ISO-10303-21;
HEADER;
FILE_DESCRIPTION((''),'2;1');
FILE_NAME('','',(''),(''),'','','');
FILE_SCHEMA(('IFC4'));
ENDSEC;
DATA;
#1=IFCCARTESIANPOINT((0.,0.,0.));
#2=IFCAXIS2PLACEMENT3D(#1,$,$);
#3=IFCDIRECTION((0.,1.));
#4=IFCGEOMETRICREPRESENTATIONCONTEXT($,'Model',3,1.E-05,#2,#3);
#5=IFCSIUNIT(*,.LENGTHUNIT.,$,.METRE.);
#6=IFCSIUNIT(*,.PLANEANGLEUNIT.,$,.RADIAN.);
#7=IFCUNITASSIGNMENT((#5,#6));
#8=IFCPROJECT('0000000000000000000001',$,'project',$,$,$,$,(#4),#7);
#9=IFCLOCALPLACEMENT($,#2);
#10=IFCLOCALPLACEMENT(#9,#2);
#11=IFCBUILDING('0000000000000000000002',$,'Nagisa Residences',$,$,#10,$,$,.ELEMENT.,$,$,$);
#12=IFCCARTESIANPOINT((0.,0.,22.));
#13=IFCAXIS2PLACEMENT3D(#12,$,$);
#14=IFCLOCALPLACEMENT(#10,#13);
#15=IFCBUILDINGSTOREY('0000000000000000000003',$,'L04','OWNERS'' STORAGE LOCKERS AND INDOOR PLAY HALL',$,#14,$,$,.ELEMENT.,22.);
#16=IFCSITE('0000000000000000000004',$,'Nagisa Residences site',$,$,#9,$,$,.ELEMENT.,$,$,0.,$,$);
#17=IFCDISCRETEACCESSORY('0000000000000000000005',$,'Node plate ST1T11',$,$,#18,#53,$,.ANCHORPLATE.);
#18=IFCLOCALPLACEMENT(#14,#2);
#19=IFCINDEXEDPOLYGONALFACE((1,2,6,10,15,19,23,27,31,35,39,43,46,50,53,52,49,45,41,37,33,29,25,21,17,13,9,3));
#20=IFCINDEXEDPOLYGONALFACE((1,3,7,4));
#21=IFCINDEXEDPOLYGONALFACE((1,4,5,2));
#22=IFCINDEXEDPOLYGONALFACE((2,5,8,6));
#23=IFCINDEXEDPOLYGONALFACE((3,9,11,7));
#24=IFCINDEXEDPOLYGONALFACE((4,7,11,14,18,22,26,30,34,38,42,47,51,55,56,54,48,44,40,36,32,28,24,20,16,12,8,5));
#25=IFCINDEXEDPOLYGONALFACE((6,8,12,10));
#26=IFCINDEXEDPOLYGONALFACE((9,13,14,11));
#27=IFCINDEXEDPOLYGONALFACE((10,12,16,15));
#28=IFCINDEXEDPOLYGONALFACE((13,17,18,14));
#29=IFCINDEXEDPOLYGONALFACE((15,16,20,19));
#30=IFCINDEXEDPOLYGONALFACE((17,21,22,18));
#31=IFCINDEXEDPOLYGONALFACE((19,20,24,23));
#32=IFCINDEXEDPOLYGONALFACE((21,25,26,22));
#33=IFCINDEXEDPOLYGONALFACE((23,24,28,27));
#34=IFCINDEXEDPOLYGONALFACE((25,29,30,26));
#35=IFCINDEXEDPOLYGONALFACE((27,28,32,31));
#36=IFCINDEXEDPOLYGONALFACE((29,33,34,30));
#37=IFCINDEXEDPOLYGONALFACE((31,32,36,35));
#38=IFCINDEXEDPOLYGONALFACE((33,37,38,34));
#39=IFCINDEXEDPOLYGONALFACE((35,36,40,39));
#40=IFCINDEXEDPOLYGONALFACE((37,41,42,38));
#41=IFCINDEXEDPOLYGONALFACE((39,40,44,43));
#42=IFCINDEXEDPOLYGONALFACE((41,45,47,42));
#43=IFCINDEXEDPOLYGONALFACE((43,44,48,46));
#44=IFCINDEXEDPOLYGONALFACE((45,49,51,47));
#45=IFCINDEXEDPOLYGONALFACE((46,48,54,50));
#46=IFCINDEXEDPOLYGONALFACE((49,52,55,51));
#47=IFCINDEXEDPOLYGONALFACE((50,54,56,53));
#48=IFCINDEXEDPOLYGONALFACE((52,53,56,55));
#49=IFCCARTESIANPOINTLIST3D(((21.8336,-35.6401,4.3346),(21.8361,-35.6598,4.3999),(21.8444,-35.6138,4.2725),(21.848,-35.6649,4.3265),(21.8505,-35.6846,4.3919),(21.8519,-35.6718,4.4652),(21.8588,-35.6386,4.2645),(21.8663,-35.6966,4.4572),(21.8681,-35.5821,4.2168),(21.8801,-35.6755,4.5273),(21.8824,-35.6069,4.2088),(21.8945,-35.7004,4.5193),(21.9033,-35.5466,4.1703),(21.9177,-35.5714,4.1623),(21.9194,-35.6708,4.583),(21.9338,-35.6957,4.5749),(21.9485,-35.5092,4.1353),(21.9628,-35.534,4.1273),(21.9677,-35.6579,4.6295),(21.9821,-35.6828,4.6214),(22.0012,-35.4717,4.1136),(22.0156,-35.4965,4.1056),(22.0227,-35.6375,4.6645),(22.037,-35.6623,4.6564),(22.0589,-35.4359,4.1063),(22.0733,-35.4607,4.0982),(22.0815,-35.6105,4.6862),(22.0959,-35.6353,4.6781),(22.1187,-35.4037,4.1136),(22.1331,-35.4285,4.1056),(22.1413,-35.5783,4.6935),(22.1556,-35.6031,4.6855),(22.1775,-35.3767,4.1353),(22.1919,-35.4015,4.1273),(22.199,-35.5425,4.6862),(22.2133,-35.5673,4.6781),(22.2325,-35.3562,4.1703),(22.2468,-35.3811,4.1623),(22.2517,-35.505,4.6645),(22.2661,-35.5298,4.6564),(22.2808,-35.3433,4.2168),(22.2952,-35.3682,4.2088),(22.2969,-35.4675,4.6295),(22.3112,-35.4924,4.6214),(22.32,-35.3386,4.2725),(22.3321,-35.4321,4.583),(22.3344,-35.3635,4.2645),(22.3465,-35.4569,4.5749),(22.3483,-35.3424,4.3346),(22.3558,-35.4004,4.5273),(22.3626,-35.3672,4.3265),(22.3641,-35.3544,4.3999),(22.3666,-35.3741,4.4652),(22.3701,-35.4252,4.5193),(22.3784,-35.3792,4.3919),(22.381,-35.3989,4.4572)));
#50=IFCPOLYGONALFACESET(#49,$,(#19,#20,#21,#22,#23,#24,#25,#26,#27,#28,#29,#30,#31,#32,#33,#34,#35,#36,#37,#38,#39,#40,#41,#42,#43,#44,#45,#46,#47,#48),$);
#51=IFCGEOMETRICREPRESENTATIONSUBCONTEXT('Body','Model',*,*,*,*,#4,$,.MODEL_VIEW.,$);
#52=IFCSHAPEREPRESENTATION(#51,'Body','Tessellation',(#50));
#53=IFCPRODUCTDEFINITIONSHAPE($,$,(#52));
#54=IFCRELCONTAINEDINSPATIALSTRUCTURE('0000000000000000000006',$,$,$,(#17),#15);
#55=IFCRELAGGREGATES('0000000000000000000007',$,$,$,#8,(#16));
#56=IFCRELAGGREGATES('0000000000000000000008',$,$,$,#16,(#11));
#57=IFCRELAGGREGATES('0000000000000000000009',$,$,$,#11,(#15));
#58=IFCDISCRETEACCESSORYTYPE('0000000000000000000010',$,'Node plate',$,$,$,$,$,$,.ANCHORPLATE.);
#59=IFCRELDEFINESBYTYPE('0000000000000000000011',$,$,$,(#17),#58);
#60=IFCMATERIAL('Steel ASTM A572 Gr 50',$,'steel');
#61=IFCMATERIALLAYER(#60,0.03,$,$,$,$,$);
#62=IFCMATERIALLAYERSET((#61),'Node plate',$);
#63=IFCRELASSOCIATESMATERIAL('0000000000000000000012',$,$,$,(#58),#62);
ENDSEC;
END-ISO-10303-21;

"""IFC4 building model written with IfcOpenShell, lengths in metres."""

from ifc_helpers import new_model, si_unit, direction, frame, origin, origin_2d, place, context, subcontext, project, spatial, circle, extrude, material, layer, layer_set, type_object, element, save


model = new_model("IFC4")

# Units and contexts
model_context = context("Model", 3, precision=1e-05, world=origin(), true_north=direction((0.0, 1.0)))
body_context = subcontext(model_context, "Body", "Model", "MODEL_VIEW")
ifc_project = project(units=[si_unit("LENGTHUNIT", "METRE"), si_unit("PLANEANGLEUNIT", "RADIAN")], contexts=[model_context])

# Site, building, storey
site_placement = place(None, origin())
site = spatial("IfcSite", under=ifc_project, at=site_placement, Name="Nagisa Residences site", CompositionType="ELEMENT", RefElevation=0.0)
building_placement = place(site_placement, origin())
building = spatial("IfcBuilding", under=site, at=building_placement, Name="Nagisa Residences", CompositionType="ELEMENT")
storey_placement = place(building_placement, frame((0.0, 0.0, 22.0)))
storey = spatial("IfcBuildingStorey", under=building, at=storey_placement, Name="L04", Description="OWNERS' STORAGE LOCKERS AND INDOOR PLAY HALL", CompositionType="ELEMENT", Elevation=22.0)

# Discrete accessory
ifc_material_1 = material(Name="Steel ASTM A572 Gr 50", Category="steel")
ifc_layer_1 = layer(ifc_material_1, 0.03)
ifc_layer_set_1 = layer_set([ifc_layer_1], Name="Node plate")
discrete_accessory_type_1 = type_object("IfcDiscreteAccessoryType", Name="Node plate", PredefinedType="ANCHORPLATE", material=ifc_layer_set_1)
discrete_accessory_1_placement = place(storey_placement, frame((22.1001, -35.5071, 4.3999), z_axis=(0.482151, -0.833549, -0.269678), x_axis=(0.86562, 0.500702, 0.0)))
element("IfcDiscreteAccessory", 1, at=discrete_accessory_1_placement, inside=storey, type_object=discrete_accessory_type_1, Name="Node plate ST1T11", PredefinedType="ANCHORPLATE", context=body_context, shape_type="SweptSolid", body=[
    extrude(circle(Radius=0.3049, at=origin_2d()), origin(), (0.0, 0.0, 1.0), 0.0298),
])

save(model, "model.ifc")
